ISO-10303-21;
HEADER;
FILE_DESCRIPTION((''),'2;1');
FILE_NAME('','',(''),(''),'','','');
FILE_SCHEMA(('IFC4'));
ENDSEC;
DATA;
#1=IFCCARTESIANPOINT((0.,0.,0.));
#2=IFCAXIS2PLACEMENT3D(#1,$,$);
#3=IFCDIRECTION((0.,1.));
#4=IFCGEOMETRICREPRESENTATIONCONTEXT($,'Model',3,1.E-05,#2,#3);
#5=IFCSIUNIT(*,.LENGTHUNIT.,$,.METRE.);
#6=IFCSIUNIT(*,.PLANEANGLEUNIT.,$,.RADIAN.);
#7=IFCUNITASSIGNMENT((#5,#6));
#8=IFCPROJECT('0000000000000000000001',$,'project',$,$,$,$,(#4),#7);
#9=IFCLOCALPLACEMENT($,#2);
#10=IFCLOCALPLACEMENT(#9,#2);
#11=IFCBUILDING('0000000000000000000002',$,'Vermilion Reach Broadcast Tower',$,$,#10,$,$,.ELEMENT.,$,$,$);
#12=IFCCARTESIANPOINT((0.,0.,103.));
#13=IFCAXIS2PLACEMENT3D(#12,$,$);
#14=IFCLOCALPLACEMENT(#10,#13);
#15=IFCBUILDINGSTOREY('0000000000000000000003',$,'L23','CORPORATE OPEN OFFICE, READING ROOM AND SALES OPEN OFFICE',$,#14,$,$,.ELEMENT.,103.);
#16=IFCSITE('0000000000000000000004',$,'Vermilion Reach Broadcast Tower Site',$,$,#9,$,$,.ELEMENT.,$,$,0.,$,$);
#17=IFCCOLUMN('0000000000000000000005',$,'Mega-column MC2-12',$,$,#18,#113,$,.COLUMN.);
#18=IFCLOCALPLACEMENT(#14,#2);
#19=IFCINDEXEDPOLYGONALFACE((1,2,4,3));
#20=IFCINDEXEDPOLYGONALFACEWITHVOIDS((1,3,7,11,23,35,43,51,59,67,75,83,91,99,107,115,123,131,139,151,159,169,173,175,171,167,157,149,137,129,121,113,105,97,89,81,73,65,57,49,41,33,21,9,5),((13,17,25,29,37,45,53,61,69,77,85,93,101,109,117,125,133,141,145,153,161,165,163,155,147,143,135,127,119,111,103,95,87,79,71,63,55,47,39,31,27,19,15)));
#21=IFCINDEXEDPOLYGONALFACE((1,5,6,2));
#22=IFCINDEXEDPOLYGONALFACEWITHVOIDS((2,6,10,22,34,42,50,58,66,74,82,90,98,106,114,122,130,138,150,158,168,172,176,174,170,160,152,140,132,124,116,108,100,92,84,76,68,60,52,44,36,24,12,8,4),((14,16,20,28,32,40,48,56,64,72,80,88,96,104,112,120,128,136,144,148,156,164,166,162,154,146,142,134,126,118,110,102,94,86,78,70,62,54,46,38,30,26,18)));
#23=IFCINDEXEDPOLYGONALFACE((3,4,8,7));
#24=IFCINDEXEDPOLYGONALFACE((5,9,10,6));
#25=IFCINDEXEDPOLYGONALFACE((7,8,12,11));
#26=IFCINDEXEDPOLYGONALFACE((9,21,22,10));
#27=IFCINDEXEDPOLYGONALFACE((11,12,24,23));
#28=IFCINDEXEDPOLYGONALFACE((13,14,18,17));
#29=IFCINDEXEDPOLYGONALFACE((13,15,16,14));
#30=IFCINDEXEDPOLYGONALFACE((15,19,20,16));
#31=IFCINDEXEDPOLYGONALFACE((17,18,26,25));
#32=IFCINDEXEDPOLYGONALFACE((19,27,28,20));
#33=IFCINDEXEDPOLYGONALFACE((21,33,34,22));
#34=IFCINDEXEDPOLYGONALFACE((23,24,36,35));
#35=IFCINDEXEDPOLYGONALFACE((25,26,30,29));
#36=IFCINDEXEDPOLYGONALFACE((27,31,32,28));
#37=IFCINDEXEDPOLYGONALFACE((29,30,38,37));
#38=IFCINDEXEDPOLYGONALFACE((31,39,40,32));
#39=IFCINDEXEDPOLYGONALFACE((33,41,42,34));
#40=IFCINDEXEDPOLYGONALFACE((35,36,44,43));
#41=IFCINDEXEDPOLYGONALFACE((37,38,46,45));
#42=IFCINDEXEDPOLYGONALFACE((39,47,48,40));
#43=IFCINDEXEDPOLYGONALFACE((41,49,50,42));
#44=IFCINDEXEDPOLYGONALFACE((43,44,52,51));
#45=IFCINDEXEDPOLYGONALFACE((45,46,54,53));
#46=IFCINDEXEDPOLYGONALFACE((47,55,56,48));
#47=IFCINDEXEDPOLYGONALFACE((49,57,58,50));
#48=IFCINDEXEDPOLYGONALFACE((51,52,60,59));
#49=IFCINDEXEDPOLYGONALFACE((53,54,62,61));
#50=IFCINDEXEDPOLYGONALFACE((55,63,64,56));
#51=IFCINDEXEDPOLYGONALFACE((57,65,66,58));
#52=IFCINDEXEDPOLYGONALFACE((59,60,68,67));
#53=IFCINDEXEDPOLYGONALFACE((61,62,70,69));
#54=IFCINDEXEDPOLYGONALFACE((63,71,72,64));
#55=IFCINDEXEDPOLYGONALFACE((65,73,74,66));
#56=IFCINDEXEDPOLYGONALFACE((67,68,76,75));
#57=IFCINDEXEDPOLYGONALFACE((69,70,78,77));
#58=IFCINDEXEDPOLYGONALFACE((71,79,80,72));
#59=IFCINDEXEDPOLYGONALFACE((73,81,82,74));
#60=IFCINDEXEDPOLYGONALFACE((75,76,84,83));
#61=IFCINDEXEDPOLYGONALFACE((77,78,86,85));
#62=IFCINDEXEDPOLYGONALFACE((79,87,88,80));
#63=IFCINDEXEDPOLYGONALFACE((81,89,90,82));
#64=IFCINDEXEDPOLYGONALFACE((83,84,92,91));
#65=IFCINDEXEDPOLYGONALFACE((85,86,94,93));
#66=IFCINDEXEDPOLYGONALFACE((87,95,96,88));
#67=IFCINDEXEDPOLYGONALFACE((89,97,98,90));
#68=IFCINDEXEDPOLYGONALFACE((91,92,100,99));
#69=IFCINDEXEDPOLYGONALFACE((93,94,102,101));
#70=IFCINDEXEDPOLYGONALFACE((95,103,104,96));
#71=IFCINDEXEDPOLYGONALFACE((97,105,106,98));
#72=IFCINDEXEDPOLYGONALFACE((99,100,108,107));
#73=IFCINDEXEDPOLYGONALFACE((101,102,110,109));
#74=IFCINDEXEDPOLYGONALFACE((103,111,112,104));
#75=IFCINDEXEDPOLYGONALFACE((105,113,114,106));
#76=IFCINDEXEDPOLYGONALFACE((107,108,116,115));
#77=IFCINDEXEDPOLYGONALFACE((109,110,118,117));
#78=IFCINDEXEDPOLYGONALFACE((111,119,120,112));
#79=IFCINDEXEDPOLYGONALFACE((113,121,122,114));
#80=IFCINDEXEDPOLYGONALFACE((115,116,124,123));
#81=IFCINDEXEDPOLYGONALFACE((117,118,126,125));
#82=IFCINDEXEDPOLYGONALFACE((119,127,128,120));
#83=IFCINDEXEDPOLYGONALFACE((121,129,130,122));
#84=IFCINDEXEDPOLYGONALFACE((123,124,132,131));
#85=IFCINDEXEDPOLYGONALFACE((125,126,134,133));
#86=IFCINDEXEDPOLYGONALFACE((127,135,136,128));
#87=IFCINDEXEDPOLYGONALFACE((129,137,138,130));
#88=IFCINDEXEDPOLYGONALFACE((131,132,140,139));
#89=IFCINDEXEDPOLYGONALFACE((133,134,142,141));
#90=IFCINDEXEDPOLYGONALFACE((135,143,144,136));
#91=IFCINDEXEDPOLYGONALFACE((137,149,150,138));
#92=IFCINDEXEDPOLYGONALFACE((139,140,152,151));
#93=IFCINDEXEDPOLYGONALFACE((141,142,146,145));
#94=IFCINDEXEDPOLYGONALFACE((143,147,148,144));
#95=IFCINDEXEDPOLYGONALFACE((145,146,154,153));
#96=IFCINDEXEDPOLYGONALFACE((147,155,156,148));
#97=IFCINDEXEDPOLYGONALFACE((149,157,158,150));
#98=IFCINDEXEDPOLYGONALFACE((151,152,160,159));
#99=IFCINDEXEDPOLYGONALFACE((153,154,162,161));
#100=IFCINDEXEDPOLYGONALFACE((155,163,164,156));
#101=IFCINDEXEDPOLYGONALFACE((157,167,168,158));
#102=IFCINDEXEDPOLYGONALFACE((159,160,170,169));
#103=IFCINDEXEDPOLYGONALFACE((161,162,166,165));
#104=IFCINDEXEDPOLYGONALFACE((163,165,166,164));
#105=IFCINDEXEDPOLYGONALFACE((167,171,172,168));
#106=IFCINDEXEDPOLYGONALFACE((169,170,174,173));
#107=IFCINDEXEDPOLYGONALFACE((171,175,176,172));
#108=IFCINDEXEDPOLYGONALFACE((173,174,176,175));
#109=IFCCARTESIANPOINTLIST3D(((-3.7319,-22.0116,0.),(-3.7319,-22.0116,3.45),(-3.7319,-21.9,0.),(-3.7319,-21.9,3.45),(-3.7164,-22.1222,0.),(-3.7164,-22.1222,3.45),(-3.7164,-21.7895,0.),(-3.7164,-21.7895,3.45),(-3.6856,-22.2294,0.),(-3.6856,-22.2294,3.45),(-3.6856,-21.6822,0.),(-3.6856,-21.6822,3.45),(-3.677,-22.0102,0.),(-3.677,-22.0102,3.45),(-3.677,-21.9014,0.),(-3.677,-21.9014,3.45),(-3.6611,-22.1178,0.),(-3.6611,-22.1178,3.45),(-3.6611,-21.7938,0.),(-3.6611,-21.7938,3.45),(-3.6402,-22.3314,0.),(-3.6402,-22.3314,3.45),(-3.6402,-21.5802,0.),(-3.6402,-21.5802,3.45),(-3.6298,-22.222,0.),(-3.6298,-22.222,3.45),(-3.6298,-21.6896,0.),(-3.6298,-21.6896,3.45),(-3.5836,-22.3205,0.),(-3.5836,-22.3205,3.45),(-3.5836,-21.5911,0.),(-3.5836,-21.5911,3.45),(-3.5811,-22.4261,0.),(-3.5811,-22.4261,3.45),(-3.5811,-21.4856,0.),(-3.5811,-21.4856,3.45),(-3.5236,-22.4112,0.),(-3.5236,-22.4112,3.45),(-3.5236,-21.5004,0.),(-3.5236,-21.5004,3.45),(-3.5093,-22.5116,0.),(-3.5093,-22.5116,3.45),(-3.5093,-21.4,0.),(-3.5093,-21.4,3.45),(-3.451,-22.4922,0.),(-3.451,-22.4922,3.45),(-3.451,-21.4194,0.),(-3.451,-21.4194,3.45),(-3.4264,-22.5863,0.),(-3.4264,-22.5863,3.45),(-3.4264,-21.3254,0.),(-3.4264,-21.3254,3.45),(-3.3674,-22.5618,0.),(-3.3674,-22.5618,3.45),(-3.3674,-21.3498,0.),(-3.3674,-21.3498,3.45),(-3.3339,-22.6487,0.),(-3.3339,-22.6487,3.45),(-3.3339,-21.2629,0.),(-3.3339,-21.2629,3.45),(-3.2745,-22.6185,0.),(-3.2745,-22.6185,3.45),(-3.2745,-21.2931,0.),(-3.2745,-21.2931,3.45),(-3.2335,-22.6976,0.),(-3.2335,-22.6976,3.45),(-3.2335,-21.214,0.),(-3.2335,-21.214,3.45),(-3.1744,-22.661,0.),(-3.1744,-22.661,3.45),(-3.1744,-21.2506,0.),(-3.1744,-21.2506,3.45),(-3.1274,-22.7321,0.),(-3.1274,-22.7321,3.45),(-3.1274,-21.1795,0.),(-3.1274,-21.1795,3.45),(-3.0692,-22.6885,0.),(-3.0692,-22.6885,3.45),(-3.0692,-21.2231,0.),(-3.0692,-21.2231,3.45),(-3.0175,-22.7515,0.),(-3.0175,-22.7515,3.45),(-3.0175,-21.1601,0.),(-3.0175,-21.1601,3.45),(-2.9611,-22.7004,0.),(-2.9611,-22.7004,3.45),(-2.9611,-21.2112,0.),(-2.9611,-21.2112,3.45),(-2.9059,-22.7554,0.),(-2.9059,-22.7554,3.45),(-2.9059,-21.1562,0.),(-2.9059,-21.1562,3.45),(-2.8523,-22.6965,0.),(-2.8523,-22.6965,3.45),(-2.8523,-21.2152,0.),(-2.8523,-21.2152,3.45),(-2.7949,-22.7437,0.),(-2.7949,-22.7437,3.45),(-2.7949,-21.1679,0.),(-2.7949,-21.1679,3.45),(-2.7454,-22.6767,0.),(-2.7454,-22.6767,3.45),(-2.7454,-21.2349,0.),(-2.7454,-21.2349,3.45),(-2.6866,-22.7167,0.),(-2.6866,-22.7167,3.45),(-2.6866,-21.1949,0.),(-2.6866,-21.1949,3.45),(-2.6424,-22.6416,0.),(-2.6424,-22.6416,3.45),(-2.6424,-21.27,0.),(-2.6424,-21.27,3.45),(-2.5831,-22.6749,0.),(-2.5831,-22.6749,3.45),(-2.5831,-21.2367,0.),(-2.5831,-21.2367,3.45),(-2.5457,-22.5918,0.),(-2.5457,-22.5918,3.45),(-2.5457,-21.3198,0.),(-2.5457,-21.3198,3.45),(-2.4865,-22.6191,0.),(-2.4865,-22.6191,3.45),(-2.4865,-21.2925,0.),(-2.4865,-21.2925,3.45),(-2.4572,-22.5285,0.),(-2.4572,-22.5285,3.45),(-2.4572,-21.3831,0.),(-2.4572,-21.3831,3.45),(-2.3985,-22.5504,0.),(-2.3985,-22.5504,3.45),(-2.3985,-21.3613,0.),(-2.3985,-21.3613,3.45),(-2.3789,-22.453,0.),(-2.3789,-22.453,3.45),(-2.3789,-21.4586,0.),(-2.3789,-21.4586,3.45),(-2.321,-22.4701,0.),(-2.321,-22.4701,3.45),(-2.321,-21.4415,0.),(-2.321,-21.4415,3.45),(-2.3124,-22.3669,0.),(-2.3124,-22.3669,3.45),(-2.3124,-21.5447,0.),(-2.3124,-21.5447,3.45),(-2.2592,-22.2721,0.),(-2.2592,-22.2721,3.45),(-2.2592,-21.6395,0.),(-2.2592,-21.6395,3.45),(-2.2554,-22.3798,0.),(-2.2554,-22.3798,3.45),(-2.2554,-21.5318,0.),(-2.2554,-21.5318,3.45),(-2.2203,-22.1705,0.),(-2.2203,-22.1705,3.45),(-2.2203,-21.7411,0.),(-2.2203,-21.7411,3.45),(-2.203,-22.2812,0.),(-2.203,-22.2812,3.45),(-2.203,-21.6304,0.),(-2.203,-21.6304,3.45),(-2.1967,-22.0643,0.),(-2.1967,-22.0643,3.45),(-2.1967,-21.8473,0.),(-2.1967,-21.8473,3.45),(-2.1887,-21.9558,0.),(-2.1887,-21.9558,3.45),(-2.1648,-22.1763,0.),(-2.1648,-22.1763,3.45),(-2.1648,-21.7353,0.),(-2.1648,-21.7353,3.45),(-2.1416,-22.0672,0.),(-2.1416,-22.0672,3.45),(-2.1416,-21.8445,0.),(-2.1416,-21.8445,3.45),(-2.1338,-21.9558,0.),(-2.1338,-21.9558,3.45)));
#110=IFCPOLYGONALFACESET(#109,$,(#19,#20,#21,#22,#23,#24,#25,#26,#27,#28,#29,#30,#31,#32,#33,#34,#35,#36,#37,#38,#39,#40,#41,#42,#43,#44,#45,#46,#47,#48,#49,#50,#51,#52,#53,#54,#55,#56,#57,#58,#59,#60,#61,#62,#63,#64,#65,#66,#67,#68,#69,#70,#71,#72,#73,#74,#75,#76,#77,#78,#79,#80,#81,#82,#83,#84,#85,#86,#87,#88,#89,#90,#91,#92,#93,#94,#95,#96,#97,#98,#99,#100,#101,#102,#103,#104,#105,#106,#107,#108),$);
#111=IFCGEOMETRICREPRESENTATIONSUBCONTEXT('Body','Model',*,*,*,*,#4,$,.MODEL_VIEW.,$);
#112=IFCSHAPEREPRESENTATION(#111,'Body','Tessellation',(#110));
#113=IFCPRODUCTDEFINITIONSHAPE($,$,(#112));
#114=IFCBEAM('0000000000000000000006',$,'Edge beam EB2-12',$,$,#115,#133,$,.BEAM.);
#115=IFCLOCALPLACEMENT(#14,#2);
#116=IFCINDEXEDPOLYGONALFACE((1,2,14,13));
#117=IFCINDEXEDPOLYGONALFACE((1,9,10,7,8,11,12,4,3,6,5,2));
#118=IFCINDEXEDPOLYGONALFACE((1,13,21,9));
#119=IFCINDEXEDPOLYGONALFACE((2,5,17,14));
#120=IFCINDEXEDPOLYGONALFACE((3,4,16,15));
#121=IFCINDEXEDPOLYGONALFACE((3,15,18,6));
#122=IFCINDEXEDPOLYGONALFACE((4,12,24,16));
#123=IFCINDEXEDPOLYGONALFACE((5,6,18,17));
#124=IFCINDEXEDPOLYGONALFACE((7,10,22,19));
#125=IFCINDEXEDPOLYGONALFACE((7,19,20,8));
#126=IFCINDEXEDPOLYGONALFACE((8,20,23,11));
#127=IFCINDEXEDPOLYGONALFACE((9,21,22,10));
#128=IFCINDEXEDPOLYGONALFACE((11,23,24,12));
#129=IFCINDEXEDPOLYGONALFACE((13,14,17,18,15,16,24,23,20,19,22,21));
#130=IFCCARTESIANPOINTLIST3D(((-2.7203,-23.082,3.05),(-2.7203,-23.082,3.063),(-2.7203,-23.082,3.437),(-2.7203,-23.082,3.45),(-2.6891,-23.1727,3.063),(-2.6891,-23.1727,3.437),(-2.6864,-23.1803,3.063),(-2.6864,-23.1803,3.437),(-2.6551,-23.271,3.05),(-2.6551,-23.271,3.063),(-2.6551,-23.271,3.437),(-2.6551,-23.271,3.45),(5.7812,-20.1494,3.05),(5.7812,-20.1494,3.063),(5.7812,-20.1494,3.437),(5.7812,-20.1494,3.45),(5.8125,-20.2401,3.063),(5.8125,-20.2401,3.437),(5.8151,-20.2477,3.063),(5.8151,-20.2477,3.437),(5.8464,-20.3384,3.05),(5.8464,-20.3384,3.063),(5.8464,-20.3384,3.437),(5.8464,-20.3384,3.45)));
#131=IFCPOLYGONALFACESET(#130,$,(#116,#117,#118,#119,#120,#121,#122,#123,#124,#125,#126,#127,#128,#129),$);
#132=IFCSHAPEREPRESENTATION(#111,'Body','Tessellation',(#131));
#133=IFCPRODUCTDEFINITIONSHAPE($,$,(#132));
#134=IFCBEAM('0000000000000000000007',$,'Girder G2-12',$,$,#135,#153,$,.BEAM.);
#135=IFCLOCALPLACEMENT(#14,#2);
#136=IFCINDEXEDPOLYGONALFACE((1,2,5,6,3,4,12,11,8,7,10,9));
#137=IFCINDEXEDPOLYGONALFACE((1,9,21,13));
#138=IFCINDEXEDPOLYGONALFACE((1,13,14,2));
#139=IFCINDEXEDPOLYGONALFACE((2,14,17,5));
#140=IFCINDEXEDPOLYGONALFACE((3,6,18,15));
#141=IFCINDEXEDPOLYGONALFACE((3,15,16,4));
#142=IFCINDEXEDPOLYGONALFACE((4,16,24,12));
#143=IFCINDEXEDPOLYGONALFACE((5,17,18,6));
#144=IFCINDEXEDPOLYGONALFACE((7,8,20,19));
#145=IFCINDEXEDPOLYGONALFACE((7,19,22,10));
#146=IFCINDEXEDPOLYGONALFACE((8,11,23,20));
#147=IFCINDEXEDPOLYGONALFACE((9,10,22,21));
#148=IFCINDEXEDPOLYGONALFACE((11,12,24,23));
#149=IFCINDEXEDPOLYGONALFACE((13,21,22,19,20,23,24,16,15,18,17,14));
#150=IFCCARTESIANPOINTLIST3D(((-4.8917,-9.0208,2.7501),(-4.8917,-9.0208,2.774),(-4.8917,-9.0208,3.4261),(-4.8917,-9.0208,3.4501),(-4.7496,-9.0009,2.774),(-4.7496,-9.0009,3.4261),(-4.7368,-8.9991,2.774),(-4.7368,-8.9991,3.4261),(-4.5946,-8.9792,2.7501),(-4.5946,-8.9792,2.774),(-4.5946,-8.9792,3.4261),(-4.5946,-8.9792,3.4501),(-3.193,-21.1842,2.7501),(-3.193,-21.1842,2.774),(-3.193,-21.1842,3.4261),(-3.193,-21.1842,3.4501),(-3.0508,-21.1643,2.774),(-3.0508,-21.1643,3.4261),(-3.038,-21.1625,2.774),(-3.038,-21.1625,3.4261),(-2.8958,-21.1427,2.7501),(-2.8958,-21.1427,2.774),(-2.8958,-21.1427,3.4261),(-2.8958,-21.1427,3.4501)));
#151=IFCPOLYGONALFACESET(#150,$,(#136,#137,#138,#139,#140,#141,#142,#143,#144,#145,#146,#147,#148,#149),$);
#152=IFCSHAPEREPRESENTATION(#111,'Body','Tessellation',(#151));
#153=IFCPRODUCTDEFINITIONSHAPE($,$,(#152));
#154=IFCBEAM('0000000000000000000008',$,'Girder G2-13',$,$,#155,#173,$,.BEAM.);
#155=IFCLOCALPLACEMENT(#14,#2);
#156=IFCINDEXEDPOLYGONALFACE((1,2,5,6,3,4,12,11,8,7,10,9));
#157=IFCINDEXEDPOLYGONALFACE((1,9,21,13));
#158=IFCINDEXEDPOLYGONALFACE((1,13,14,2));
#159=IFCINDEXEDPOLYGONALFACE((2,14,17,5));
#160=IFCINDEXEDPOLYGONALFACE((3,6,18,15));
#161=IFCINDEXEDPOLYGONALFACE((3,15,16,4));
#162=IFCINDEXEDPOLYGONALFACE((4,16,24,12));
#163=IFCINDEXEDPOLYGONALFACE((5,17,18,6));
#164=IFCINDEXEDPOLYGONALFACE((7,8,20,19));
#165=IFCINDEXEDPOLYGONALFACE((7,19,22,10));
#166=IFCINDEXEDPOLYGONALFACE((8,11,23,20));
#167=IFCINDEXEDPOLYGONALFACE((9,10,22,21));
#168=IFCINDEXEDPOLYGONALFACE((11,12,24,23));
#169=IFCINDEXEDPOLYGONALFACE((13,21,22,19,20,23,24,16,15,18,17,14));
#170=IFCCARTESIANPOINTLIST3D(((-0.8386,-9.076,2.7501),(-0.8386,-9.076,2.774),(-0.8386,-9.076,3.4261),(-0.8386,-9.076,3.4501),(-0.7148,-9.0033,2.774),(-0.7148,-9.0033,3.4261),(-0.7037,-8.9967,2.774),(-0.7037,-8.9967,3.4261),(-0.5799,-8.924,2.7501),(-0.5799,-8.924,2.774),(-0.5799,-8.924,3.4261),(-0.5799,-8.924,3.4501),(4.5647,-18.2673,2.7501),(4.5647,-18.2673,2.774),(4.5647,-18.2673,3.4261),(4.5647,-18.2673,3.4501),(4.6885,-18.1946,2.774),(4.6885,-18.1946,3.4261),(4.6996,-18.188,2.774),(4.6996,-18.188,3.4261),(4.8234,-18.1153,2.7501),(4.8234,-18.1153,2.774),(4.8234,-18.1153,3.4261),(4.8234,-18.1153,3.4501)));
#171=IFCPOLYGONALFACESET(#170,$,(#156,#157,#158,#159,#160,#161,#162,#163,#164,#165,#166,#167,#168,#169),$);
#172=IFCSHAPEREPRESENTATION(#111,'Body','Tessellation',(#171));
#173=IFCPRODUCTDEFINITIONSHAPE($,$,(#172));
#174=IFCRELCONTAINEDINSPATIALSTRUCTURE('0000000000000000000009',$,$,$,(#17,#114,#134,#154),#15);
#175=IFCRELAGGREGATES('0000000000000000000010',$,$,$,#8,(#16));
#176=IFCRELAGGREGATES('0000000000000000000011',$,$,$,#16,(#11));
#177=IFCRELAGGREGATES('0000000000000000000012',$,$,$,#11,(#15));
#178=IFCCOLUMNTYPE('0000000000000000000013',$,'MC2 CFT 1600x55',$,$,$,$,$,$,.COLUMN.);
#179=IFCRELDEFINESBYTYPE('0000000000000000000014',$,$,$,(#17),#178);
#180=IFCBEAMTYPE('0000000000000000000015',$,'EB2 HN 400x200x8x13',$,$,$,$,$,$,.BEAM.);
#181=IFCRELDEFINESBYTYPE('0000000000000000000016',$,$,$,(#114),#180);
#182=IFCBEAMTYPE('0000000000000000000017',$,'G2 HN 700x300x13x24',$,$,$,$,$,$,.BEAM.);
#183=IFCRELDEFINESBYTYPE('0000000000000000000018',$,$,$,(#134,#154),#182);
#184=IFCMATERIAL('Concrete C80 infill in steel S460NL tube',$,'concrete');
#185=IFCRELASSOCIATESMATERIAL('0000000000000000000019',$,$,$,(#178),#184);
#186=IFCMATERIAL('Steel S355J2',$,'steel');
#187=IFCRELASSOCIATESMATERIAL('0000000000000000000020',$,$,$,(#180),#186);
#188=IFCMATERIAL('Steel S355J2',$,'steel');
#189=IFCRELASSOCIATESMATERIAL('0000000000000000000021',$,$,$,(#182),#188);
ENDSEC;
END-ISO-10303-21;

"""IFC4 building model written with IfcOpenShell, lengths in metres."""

from ifc_helpers import new_model, si_unit, direction, frame, origin, origin_2d, place, context, subcontext, project, spatial, hollow_circle, i_section, extrude, material, material_profile, profile_set, type_object, element, save


model = new_model("IFC4")

# Units and contexts
model_context = context("Model", 3, precision=1e-05, world=origin(), true_north=direction((0.0, 1.0)))
body_context = subcontext(model_context, "Body", "Model", "MODEL_VIEW")
ifc_project = project(units=[si_unit("LENGTHUNIT", "METRE"), si_unit("PLANEANGLEUNIT", "RADIAN")], contexts=[model_context])

# Site, building, storey
site_placement = place(None, origin())
site = spatial("IfcSite", under=ifc_project, at=site_placement, Name="Vermilion Reach Broadcast Tower Site", CompositionType="ELEMENT", RefElevation=0.0)
building_placement = place(site_placement, origin())
building = spatial("IfcBuilding", under=site, at=building_placement, Name="Vermilion Reach Broadcast Tower", CompositionType="ELEMENT")
storey_placement = place(building_placement, frame((0.0, 0.0, 103.0)))
storey = spatial("IfcBuildingStorey", under=building, at=storey_placement, Name="L23", Description="CORPORATE OPEN OFFICE, READING ROOM AND SALES OPEN OFFICE", CompositionType="ELEMENT", Elevation=103.0)

# Column
ifc_material_1 = material(Name="Concrete C80 infill in steel S460NL tube", Category="concrete")
ifc_material_profile_1 = material_profile(ifc_material_1, hollow_circle(Radius=0.8, WallThickness=0.0549, at=origin_2d()), Name="Concrete C80 infill in steel S460NL tube CFT 1600x55")
ifc_profile_set_1 = profile_set([ifc_material_profile_1], Name="Concrete C80 infill in steel S460NL tube")
column_type = type_object("IfcColumnType", Name="MC2 CFT 1600x55", PredefinedType="COLUMN", material=ifc_profile_set_1)
column_placement = place(storey_placement, frame((-2.9338, -21.9558, 0.0), z_axis=(0.0, 0.0, 1.0), x_axis=(1.0, 0.0, 0.0)))
element("IfcColumn", 1, at=column_placement, inside=storey, type_object=column_type, Name="Mega-column MC2-12", PredefinedType="COLUMN", context=body_context, shape_type="SweptSolid", body=[
    extrude(hollow_circle(Radius=0.8, WallThickness=0.0549, at=origin_2d()), origin(), (0.0, 0.0, 1.0), 3.45),
])

# Beams
ifc_material_2 = material(Name="Steel S355J2", Category="steel")
ifc_material_profile_2 = material_profile(ifc_material_2, i_section(OverallWidth=0.2, OverallDepth=0.3999, WebThickness=0.0081, FlangeThickness=0.0129, at=origin_2d()), Name="S355J2 HN 400x200x8x13")
ifc_profile_set_2 = profile_set([ifc_material_profile_2], Name="Steel S355J2")
beam_type_1 = type_object("IfcBeamType", Name="EB2 HN 400x200x8x13", PredefinedType="BEAM", material=ifc_profile_set_2)
beam_1_placement = place(storey_placement, frame((-2.6877, -23.1765, 3.25), z_axis=(0.945336, 0.326098, 0.0), x_axis=(-0.326098, 0.945336, 0.0)))
element("IfcBeam", 2, at=beam_1_placement, inside=storey, type_object=beam_type_1, Name="Edge beam EB2-12", PredefinedType="BEAM", context=body_context, shape_type="SweptSolid", body=[
    extrude(i_section(OverallWidth=0.2, OverallDepth=0.3999, WebThickness=0.0081, FlangeThickness=0.0129, at=origin_2d()), origin(), (0.0, 0.0, 1.0), 8.9932),
])
ifc_material_3 = material(Name="Steel S355J2", Category="steel")
ifc_material_profile_3 = material_profile(ifc_material_3, i_section(OverallWidth=0.3, OverallDepth=0.7, WebThickness=0.0129, FlangeThickness=0.0239, at=origin_2d()), Name="S355J2 HN 700x300x13x24")
ifc_profile_set_3 = profile_set([ifc_material_profile_3], Name="Steel S355J2")
beam_type_2 = type_object("IfcBeamType", Name="G2 HN 700x300x13x24", PredefinedType="BEAM", material=ifc_profile_set_3)
beam_2_placement = place(storey_placement, frame((-4.7432, -9.0, 3.1001), z_axis=(0.138318, -0.990388, 0.0), x_axis=(0.990388, 0.138318, 0.0)))
element("IfcBeam", 3, at=beam_2_placement, inside=storey, type_object=beam_type_2, Name="Girder G2-12", PredefinedType="BEAM", context=body_context, shape_type="SweptSolid", body=[
    extrude(i_section(OverallWidth=0.3, OverallDepth=0.7, WebThickness=0.0129, FlangeThickness=0.0239, at=origin_2d()), origin(), (0.0, 0.0, 1.0), 12.2815),
])
beam_3_placement = place(storey_placement, frame((-0.7092, -9.0, 3.1001), z_axis=(0.506784, -0.862073, 0.0), x_axis=(0.862073, 0.506784, 0.0)))
element("IfcBeam", 4, at=beam_3_placement, inside=storey, type_object=beam_type_2, Name="Girder G2-13", PredefinedType="BEAM", context=body_context, shape_type="SweptSolid", body=[
    extrude(i_section(OverallWidth=0.3, OverallDepth=0.7, WebThickness=0.0129, FlangeThickness=0.0239, at=origin_2d()), origin(), (0.0, 0.0, 1.0), 10.6619),
])

save(model, "model.ifc")
